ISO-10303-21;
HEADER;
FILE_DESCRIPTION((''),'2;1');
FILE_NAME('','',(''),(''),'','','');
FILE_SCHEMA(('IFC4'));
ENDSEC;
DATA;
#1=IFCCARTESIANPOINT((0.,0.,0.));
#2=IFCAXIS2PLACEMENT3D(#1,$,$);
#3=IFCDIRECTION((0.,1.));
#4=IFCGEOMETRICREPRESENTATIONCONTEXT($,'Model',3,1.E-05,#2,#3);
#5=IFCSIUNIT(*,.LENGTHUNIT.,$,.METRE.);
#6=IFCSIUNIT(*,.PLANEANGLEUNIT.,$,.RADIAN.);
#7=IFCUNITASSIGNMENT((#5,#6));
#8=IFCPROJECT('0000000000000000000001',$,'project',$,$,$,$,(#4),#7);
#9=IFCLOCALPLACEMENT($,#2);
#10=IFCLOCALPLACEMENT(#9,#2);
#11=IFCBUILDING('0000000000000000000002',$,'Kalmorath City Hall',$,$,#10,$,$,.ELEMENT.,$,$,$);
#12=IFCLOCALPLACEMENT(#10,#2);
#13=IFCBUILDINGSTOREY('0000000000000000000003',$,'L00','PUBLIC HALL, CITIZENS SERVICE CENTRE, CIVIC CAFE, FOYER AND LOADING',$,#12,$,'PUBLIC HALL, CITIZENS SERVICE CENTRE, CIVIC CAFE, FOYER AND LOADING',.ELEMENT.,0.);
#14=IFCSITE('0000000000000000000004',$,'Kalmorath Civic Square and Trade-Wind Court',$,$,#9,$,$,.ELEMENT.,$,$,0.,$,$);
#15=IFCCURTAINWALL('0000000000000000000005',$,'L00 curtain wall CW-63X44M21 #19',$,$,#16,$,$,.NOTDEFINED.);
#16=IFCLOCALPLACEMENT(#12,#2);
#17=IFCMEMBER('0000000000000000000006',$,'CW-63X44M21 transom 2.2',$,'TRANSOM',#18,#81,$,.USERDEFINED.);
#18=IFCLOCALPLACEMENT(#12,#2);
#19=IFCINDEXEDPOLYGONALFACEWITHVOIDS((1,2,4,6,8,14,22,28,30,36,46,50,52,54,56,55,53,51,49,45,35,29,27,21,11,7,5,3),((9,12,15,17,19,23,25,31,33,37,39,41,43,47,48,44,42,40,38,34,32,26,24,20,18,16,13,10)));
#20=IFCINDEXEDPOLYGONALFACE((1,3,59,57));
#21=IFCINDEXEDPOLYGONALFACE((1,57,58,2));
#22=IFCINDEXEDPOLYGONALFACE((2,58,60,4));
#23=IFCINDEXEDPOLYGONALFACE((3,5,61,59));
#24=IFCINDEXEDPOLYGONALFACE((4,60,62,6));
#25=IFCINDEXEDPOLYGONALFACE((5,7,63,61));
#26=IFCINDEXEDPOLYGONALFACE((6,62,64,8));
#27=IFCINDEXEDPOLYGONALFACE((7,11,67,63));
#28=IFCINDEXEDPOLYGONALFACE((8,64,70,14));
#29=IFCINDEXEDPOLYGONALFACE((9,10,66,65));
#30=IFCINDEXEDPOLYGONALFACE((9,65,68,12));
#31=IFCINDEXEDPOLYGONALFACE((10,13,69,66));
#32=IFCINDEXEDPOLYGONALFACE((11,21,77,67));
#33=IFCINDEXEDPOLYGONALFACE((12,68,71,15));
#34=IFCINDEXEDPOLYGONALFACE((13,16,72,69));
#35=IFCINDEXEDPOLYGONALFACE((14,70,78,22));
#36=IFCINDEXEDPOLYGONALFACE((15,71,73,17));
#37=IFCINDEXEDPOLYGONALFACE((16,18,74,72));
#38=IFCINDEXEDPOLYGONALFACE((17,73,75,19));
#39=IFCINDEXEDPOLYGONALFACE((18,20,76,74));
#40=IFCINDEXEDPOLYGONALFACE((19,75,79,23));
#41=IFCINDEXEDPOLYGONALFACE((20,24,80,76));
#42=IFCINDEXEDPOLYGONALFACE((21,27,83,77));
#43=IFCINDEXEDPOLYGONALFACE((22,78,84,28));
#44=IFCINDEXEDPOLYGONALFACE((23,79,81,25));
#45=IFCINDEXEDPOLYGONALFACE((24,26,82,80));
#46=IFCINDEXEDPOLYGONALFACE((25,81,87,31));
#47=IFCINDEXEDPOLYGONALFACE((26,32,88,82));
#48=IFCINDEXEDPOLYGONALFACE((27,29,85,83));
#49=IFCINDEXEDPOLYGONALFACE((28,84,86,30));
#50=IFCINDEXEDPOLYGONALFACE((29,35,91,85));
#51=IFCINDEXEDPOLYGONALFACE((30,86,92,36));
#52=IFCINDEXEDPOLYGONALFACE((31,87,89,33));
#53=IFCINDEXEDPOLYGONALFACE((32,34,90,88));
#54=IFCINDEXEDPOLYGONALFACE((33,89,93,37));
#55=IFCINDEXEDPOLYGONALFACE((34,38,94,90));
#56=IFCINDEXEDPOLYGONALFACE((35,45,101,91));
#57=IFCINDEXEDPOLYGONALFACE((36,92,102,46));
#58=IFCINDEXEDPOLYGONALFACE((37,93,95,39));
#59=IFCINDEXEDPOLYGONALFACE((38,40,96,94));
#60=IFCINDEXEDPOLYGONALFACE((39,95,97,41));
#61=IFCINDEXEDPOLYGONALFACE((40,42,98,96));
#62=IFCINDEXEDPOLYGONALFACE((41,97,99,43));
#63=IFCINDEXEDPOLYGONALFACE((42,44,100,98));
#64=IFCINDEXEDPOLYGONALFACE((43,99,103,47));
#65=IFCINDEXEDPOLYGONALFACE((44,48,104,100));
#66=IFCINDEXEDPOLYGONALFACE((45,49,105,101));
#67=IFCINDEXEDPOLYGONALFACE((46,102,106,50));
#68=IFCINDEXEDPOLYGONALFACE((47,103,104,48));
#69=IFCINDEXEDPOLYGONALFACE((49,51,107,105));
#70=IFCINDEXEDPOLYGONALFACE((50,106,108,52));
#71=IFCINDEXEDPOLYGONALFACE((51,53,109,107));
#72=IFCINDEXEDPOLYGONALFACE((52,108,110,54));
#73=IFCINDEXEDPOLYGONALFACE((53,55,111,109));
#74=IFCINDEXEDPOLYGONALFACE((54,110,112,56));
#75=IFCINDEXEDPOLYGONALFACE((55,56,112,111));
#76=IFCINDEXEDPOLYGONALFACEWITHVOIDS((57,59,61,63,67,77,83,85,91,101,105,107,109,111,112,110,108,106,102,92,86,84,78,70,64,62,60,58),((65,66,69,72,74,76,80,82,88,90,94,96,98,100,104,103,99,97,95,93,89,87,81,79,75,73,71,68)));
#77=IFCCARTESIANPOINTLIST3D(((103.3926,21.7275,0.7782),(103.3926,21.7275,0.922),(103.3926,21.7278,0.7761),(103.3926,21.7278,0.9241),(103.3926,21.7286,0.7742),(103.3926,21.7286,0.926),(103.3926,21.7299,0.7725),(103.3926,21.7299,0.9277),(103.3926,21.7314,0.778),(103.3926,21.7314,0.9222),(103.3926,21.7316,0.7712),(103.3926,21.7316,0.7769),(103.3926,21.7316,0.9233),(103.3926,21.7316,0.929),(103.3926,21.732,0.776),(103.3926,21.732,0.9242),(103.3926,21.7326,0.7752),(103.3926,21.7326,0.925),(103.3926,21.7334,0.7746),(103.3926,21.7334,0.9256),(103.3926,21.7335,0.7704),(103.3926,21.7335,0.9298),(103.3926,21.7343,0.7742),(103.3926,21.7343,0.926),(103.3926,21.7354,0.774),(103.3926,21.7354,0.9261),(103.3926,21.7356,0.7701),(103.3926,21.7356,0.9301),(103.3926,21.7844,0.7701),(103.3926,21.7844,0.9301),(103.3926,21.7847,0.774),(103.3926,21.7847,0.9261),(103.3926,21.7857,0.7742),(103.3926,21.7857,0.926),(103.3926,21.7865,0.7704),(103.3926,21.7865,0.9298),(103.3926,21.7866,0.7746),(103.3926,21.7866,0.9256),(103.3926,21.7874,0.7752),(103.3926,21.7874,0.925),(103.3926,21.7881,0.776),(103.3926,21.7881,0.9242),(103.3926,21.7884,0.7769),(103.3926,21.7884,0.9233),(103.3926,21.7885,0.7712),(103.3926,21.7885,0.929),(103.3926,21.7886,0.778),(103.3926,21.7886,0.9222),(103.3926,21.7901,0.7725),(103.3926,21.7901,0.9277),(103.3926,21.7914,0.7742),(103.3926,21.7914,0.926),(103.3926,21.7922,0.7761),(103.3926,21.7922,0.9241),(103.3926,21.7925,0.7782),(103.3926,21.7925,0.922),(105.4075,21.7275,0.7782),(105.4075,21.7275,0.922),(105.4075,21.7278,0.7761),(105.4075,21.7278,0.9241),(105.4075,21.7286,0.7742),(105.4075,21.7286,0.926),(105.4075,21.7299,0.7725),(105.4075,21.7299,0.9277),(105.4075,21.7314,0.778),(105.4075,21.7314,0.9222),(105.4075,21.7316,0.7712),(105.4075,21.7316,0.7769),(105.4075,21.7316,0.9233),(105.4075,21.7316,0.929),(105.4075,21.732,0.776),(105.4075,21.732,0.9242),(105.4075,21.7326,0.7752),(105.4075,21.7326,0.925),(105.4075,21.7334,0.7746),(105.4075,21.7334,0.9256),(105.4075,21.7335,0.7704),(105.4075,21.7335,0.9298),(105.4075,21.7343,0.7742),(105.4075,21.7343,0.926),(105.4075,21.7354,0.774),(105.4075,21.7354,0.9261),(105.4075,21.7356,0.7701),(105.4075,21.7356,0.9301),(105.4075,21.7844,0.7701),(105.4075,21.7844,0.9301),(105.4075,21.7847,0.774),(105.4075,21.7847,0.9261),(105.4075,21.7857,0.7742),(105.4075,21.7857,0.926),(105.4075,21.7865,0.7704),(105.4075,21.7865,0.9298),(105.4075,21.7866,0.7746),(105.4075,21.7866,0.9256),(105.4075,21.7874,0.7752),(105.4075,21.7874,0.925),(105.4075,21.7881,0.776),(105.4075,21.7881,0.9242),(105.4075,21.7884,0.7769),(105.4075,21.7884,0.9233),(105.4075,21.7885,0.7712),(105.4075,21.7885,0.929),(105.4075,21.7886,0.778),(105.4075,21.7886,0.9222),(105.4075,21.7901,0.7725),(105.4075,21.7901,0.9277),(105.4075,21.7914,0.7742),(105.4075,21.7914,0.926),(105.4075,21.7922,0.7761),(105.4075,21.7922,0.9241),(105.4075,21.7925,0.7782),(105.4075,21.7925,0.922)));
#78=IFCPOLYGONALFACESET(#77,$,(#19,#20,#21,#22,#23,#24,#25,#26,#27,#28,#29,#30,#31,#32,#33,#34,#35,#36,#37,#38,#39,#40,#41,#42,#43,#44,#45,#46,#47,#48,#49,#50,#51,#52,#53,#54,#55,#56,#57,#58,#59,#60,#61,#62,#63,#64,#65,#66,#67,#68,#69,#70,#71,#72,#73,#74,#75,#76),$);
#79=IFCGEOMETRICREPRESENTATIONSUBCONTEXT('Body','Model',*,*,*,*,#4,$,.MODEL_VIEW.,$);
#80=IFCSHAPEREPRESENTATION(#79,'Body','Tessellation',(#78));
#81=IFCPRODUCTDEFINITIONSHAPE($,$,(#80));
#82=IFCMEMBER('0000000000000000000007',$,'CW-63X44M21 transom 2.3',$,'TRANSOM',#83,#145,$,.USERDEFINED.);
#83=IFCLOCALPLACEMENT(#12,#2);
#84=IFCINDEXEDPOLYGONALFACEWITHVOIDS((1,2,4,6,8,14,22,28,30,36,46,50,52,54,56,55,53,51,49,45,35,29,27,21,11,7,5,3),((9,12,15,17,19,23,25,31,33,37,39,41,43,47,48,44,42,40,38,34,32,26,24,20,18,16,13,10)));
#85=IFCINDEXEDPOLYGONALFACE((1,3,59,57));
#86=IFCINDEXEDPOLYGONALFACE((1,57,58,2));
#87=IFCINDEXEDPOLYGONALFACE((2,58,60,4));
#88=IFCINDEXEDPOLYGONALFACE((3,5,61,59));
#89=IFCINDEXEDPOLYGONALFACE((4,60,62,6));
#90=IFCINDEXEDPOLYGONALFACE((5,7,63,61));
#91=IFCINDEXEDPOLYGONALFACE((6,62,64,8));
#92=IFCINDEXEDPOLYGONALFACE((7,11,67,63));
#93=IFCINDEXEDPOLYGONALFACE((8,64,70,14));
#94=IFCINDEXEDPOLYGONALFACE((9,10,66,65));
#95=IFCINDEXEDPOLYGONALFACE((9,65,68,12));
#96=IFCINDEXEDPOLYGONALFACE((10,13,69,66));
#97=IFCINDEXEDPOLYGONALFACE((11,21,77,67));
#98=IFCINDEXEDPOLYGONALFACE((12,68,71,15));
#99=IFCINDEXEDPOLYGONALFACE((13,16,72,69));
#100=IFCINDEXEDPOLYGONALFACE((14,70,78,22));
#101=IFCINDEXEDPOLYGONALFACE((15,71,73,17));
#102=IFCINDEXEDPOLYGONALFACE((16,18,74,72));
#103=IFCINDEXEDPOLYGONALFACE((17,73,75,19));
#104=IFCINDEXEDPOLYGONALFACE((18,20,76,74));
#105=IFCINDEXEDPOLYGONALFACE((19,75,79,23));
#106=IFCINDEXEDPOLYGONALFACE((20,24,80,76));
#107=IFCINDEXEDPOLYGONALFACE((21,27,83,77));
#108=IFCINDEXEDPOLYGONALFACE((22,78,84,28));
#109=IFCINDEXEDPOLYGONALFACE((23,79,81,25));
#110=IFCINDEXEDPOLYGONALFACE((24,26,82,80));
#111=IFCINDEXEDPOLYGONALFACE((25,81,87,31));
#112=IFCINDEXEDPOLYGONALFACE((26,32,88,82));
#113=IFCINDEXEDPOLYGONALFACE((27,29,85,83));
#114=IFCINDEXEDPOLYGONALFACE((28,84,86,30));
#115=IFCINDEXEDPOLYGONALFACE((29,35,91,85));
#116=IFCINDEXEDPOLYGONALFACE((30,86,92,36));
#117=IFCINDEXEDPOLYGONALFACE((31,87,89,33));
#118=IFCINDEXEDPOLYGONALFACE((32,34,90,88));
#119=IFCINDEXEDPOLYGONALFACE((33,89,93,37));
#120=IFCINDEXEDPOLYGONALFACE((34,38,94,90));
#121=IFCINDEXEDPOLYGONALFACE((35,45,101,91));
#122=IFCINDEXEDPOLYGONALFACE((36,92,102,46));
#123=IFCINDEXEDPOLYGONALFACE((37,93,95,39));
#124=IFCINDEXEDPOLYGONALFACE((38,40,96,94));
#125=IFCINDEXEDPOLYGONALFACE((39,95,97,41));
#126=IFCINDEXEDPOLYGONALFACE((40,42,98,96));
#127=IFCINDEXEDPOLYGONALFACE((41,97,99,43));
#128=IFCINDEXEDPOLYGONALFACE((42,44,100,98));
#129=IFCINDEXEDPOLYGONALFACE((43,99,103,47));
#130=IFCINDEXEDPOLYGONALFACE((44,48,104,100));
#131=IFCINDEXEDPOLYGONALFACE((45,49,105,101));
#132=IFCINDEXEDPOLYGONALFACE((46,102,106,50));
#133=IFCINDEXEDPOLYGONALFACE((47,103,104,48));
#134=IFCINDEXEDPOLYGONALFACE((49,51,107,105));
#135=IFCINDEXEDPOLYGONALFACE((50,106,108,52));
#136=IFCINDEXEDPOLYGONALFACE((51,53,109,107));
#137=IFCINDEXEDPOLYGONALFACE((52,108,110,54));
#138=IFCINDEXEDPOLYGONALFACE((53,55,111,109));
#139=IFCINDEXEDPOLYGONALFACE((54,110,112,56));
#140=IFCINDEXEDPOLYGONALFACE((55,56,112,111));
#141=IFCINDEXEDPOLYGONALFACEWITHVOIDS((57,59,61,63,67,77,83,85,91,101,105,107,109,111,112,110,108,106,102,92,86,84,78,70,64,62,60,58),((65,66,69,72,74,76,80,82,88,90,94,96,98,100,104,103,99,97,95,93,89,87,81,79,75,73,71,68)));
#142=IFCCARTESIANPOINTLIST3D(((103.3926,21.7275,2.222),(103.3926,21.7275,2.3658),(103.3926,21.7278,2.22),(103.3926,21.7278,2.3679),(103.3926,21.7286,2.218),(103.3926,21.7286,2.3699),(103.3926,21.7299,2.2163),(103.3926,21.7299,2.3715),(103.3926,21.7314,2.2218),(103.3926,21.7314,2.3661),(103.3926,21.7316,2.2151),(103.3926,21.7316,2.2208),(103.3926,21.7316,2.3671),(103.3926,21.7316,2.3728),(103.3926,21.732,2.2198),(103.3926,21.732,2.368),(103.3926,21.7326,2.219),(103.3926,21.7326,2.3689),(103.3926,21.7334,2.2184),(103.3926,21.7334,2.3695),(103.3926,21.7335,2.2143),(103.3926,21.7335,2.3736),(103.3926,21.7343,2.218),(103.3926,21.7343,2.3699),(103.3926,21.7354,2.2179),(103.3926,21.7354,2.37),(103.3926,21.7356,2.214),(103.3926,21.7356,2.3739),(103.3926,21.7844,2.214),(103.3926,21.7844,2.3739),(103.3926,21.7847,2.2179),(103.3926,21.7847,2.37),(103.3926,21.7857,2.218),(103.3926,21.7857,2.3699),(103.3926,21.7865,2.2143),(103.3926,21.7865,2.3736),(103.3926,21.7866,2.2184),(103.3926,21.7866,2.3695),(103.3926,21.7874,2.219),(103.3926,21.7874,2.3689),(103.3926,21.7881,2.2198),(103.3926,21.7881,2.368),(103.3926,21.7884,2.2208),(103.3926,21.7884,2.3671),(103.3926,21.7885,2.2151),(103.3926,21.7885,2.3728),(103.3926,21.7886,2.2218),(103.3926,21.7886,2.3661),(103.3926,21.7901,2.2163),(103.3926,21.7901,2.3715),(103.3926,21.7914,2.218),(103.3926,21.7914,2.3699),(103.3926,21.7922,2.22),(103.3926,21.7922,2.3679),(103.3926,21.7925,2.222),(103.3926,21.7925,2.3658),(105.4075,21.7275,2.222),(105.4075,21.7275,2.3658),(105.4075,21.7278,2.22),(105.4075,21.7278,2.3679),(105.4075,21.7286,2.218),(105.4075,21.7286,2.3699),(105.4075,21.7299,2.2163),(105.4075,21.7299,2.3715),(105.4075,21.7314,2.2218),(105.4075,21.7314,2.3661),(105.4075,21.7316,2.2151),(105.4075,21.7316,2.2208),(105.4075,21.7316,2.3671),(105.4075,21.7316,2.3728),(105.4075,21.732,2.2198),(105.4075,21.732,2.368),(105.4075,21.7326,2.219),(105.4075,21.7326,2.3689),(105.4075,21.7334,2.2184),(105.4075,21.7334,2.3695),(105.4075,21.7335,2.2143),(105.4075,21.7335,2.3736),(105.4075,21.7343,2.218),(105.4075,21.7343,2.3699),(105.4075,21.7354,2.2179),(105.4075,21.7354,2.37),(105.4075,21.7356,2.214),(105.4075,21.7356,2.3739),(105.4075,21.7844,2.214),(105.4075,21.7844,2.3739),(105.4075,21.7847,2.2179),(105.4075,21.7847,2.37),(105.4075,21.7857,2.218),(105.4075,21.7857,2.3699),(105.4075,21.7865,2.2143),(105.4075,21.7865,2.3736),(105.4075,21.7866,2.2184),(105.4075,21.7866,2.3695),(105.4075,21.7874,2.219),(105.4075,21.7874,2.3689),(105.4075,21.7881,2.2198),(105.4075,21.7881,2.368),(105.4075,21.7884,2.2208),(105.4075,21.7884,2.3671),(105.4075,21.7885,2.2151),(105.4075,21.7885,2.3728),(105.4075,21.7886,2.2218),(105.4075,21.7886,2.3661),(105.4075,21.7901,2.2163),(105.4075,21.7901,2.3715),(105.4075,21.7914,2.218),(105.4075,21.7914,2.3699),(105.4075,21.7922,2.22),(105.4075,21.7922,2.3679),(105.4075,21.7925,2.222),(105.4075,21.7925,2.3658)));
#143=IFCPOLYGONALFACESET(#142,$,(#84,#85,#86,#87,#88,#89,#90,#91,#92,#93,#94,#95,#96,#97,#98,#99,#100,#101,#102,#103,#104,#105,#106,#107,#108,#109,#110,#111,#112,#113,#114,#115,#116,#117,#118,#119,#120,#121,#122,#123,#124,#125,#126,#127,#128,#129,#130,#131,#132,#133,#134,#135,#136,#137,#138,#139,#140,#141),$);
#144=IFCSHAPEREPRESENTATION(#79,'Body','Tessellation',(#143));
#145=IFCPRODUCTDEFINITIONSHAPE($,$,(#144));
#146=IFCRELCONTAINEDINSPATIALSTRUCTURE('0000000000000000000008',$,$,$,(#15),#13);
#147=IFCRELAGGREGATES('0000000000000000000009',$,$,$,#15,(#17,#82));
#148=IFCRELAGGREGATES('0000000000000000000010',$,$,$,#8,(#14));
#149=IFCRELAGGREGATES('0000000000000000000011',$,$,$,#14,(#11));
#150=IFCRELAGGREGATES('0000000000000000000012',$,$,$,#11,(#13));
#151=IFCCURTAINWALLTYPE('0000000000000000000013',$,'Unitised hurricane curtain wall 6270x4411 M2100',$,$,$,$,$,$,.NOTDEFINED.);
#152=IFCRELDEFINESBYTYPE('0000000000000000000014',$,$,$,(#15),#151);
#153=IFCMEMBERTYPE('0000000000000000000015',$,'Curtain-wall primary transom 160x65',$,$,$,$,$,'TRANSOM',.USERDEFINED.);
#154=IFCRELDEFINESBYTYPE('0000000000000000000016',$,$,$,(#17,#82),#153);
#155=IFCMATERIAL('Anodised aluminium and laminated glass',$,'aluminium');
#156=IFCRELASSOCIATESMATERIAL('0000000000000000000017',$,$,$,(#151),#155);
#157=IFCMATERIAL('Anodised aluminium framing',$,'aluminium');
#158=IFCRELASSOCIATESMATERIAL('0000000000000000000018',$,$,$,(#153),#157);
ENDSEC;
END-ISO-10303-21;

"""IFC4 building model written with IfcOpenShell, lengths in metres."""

from ifc_helpers import new_model, si_unit, direction, frame, origin, origin_2d, place, context, subcontext, project, spatial, hollow_rectangle, extrude, material, material_profile, profile_set, type_object, element, aggregate, save


model = new_model("IFC4")

# Units and contexts
model_context = context("Model", 3, precision=1e-05, world=origin(), true_north=direction((0.0, 1.0)))
body_context = subcontext(model_context, "Body", "Model", "MODEL_VIEW")
ifc_project = project(units=[si_unit("LENGTHUNIT", "METRE"), si_unit("PLANEANGLEUNIT", "RADIAN")], contexts=[model_context])

# Site, building, storey
site_placement = place(None, origin())
site = spatial("IfcSite", under=ifc_project, at=site_placement, Name="Kalmorath Civic Square and Trade-Wind Court", CompositionType="ELEMENT", RefElevation=0.0)
building_placement = place(site_placement, origin())
building = spatial("IfcBuilding", under=site, at=building_placement, Name="Kalmorath City Hall", CompositionType="ELEMENT")
storey_placement = place(building_placement, origin())
storey = spatial("IfcBuildingStorey", under=building, at=storey_placement, Name="L00", Description="PUBLIC HALL, CITIZENS SERVICE CENTRE, CIVIC CAFE, FOYER AND LOADING", LongName="PUBLIC HALL, CITIZENS SERVICE CENTRE, CIVIC CAFE, FOYER AND LOADING", CompositionType="ELEMENT", Elevation=0.0)

# Curtain wall, members
ifc_material_1 = material(Name="Anodised aluminium and laminated glass", Category="aluminium")
curtain_wall_type = type_object("IfcCurtainWallType", Name="Unitised hurricane curtain wall 6270x4411 M2100", PredefinedType="NOTDEFINED", material=ifc_material_1)
curtain_wall_placement = place(storey_placement, origin())
curtain_wall = element("IfcCurtainWall", 1, at=curtain_wall_placement, inside=storey, type_object=curtain_wall_type, Name="L00 curtain wall CW-63X44M21 #19", PredefinedType="NOTDEFINED")
ifc_material_2 = material(Name="Anodised aluminium framing", Category="aluminium")
ifc_material_profile_1 = material_profile(ifc_material_2, hollow_rectangle(XDim=0.0649, YDim=0.1599, WallThickness=0.0039, InnerFilletRadius=0.0039, OuterFilletRadius=0.0081, at=origin_2d()), Name="ALU-TRN-160X65X4")
ifc_profile_set_1 = profile_set([ifc_material_profile_1], Name="Anodised aluminium framing")
member_type_1 = type_object("IfcMemberType", Name="Curtain-wall primary transom 160x65", ElementType="TRANSOM", PredefinedType="USERDEFINED", material=ifc_profile_set_1)
member_1_placement = place(storey_placement, frame((105.4075, 21.76, 0.8501), z_axis=(-1.0, 0.0, 0.0), x_axis=(0.0, -1.0, 0.0)))
member_1 = element("IfcMember", 2, at=member_1_placement, type_object=member_type_1, Name="CW-63X44M21 transom 2.2", ObjectType="TRANSOM", PredefinedType="USERDEFINED", context=body_context, shape_type="SweptSolid", body=[
    extrude(hollow_rectangle(XDim=0.0649, YDim=0.1599, WallThickness=0.0039, InnerFilletRadius=0.0039, OuterFilletRadius=0.0081, at=origin_2d()), origin(), (0.0, 0.0, 1.0), 2.0149),
])
member_2_placement = place(storey_placement, frame((105.4075, 21.76, 2.2939), z_axis=(-1.0, 0.0, 0.0), x_axis=(0.0, -1.0, 0.0)))
member_2 = element("IfcMember", 3, at=member_2_placement, type_object=member_type_1, Name="CW-63X44M21 transom 2.3", ObjectType="TRANSOM", PredefinedType="USERDEFINED", context=body_context, shape_type="SweptSolid", body=[
    extrude(hollow_rectangle(XDim=0.0649, YDim=0.1599, WallThickness=0.0039, InnerFilletRadius=0.0039, OuterFilletRadius=0.0081, at=origin_2d()), origin(), (0.0, 0.0, 1.0), 2.0149),
])

aggregate(curtain_wall, [member_1, member_2])

save(model, "model.ifc")
